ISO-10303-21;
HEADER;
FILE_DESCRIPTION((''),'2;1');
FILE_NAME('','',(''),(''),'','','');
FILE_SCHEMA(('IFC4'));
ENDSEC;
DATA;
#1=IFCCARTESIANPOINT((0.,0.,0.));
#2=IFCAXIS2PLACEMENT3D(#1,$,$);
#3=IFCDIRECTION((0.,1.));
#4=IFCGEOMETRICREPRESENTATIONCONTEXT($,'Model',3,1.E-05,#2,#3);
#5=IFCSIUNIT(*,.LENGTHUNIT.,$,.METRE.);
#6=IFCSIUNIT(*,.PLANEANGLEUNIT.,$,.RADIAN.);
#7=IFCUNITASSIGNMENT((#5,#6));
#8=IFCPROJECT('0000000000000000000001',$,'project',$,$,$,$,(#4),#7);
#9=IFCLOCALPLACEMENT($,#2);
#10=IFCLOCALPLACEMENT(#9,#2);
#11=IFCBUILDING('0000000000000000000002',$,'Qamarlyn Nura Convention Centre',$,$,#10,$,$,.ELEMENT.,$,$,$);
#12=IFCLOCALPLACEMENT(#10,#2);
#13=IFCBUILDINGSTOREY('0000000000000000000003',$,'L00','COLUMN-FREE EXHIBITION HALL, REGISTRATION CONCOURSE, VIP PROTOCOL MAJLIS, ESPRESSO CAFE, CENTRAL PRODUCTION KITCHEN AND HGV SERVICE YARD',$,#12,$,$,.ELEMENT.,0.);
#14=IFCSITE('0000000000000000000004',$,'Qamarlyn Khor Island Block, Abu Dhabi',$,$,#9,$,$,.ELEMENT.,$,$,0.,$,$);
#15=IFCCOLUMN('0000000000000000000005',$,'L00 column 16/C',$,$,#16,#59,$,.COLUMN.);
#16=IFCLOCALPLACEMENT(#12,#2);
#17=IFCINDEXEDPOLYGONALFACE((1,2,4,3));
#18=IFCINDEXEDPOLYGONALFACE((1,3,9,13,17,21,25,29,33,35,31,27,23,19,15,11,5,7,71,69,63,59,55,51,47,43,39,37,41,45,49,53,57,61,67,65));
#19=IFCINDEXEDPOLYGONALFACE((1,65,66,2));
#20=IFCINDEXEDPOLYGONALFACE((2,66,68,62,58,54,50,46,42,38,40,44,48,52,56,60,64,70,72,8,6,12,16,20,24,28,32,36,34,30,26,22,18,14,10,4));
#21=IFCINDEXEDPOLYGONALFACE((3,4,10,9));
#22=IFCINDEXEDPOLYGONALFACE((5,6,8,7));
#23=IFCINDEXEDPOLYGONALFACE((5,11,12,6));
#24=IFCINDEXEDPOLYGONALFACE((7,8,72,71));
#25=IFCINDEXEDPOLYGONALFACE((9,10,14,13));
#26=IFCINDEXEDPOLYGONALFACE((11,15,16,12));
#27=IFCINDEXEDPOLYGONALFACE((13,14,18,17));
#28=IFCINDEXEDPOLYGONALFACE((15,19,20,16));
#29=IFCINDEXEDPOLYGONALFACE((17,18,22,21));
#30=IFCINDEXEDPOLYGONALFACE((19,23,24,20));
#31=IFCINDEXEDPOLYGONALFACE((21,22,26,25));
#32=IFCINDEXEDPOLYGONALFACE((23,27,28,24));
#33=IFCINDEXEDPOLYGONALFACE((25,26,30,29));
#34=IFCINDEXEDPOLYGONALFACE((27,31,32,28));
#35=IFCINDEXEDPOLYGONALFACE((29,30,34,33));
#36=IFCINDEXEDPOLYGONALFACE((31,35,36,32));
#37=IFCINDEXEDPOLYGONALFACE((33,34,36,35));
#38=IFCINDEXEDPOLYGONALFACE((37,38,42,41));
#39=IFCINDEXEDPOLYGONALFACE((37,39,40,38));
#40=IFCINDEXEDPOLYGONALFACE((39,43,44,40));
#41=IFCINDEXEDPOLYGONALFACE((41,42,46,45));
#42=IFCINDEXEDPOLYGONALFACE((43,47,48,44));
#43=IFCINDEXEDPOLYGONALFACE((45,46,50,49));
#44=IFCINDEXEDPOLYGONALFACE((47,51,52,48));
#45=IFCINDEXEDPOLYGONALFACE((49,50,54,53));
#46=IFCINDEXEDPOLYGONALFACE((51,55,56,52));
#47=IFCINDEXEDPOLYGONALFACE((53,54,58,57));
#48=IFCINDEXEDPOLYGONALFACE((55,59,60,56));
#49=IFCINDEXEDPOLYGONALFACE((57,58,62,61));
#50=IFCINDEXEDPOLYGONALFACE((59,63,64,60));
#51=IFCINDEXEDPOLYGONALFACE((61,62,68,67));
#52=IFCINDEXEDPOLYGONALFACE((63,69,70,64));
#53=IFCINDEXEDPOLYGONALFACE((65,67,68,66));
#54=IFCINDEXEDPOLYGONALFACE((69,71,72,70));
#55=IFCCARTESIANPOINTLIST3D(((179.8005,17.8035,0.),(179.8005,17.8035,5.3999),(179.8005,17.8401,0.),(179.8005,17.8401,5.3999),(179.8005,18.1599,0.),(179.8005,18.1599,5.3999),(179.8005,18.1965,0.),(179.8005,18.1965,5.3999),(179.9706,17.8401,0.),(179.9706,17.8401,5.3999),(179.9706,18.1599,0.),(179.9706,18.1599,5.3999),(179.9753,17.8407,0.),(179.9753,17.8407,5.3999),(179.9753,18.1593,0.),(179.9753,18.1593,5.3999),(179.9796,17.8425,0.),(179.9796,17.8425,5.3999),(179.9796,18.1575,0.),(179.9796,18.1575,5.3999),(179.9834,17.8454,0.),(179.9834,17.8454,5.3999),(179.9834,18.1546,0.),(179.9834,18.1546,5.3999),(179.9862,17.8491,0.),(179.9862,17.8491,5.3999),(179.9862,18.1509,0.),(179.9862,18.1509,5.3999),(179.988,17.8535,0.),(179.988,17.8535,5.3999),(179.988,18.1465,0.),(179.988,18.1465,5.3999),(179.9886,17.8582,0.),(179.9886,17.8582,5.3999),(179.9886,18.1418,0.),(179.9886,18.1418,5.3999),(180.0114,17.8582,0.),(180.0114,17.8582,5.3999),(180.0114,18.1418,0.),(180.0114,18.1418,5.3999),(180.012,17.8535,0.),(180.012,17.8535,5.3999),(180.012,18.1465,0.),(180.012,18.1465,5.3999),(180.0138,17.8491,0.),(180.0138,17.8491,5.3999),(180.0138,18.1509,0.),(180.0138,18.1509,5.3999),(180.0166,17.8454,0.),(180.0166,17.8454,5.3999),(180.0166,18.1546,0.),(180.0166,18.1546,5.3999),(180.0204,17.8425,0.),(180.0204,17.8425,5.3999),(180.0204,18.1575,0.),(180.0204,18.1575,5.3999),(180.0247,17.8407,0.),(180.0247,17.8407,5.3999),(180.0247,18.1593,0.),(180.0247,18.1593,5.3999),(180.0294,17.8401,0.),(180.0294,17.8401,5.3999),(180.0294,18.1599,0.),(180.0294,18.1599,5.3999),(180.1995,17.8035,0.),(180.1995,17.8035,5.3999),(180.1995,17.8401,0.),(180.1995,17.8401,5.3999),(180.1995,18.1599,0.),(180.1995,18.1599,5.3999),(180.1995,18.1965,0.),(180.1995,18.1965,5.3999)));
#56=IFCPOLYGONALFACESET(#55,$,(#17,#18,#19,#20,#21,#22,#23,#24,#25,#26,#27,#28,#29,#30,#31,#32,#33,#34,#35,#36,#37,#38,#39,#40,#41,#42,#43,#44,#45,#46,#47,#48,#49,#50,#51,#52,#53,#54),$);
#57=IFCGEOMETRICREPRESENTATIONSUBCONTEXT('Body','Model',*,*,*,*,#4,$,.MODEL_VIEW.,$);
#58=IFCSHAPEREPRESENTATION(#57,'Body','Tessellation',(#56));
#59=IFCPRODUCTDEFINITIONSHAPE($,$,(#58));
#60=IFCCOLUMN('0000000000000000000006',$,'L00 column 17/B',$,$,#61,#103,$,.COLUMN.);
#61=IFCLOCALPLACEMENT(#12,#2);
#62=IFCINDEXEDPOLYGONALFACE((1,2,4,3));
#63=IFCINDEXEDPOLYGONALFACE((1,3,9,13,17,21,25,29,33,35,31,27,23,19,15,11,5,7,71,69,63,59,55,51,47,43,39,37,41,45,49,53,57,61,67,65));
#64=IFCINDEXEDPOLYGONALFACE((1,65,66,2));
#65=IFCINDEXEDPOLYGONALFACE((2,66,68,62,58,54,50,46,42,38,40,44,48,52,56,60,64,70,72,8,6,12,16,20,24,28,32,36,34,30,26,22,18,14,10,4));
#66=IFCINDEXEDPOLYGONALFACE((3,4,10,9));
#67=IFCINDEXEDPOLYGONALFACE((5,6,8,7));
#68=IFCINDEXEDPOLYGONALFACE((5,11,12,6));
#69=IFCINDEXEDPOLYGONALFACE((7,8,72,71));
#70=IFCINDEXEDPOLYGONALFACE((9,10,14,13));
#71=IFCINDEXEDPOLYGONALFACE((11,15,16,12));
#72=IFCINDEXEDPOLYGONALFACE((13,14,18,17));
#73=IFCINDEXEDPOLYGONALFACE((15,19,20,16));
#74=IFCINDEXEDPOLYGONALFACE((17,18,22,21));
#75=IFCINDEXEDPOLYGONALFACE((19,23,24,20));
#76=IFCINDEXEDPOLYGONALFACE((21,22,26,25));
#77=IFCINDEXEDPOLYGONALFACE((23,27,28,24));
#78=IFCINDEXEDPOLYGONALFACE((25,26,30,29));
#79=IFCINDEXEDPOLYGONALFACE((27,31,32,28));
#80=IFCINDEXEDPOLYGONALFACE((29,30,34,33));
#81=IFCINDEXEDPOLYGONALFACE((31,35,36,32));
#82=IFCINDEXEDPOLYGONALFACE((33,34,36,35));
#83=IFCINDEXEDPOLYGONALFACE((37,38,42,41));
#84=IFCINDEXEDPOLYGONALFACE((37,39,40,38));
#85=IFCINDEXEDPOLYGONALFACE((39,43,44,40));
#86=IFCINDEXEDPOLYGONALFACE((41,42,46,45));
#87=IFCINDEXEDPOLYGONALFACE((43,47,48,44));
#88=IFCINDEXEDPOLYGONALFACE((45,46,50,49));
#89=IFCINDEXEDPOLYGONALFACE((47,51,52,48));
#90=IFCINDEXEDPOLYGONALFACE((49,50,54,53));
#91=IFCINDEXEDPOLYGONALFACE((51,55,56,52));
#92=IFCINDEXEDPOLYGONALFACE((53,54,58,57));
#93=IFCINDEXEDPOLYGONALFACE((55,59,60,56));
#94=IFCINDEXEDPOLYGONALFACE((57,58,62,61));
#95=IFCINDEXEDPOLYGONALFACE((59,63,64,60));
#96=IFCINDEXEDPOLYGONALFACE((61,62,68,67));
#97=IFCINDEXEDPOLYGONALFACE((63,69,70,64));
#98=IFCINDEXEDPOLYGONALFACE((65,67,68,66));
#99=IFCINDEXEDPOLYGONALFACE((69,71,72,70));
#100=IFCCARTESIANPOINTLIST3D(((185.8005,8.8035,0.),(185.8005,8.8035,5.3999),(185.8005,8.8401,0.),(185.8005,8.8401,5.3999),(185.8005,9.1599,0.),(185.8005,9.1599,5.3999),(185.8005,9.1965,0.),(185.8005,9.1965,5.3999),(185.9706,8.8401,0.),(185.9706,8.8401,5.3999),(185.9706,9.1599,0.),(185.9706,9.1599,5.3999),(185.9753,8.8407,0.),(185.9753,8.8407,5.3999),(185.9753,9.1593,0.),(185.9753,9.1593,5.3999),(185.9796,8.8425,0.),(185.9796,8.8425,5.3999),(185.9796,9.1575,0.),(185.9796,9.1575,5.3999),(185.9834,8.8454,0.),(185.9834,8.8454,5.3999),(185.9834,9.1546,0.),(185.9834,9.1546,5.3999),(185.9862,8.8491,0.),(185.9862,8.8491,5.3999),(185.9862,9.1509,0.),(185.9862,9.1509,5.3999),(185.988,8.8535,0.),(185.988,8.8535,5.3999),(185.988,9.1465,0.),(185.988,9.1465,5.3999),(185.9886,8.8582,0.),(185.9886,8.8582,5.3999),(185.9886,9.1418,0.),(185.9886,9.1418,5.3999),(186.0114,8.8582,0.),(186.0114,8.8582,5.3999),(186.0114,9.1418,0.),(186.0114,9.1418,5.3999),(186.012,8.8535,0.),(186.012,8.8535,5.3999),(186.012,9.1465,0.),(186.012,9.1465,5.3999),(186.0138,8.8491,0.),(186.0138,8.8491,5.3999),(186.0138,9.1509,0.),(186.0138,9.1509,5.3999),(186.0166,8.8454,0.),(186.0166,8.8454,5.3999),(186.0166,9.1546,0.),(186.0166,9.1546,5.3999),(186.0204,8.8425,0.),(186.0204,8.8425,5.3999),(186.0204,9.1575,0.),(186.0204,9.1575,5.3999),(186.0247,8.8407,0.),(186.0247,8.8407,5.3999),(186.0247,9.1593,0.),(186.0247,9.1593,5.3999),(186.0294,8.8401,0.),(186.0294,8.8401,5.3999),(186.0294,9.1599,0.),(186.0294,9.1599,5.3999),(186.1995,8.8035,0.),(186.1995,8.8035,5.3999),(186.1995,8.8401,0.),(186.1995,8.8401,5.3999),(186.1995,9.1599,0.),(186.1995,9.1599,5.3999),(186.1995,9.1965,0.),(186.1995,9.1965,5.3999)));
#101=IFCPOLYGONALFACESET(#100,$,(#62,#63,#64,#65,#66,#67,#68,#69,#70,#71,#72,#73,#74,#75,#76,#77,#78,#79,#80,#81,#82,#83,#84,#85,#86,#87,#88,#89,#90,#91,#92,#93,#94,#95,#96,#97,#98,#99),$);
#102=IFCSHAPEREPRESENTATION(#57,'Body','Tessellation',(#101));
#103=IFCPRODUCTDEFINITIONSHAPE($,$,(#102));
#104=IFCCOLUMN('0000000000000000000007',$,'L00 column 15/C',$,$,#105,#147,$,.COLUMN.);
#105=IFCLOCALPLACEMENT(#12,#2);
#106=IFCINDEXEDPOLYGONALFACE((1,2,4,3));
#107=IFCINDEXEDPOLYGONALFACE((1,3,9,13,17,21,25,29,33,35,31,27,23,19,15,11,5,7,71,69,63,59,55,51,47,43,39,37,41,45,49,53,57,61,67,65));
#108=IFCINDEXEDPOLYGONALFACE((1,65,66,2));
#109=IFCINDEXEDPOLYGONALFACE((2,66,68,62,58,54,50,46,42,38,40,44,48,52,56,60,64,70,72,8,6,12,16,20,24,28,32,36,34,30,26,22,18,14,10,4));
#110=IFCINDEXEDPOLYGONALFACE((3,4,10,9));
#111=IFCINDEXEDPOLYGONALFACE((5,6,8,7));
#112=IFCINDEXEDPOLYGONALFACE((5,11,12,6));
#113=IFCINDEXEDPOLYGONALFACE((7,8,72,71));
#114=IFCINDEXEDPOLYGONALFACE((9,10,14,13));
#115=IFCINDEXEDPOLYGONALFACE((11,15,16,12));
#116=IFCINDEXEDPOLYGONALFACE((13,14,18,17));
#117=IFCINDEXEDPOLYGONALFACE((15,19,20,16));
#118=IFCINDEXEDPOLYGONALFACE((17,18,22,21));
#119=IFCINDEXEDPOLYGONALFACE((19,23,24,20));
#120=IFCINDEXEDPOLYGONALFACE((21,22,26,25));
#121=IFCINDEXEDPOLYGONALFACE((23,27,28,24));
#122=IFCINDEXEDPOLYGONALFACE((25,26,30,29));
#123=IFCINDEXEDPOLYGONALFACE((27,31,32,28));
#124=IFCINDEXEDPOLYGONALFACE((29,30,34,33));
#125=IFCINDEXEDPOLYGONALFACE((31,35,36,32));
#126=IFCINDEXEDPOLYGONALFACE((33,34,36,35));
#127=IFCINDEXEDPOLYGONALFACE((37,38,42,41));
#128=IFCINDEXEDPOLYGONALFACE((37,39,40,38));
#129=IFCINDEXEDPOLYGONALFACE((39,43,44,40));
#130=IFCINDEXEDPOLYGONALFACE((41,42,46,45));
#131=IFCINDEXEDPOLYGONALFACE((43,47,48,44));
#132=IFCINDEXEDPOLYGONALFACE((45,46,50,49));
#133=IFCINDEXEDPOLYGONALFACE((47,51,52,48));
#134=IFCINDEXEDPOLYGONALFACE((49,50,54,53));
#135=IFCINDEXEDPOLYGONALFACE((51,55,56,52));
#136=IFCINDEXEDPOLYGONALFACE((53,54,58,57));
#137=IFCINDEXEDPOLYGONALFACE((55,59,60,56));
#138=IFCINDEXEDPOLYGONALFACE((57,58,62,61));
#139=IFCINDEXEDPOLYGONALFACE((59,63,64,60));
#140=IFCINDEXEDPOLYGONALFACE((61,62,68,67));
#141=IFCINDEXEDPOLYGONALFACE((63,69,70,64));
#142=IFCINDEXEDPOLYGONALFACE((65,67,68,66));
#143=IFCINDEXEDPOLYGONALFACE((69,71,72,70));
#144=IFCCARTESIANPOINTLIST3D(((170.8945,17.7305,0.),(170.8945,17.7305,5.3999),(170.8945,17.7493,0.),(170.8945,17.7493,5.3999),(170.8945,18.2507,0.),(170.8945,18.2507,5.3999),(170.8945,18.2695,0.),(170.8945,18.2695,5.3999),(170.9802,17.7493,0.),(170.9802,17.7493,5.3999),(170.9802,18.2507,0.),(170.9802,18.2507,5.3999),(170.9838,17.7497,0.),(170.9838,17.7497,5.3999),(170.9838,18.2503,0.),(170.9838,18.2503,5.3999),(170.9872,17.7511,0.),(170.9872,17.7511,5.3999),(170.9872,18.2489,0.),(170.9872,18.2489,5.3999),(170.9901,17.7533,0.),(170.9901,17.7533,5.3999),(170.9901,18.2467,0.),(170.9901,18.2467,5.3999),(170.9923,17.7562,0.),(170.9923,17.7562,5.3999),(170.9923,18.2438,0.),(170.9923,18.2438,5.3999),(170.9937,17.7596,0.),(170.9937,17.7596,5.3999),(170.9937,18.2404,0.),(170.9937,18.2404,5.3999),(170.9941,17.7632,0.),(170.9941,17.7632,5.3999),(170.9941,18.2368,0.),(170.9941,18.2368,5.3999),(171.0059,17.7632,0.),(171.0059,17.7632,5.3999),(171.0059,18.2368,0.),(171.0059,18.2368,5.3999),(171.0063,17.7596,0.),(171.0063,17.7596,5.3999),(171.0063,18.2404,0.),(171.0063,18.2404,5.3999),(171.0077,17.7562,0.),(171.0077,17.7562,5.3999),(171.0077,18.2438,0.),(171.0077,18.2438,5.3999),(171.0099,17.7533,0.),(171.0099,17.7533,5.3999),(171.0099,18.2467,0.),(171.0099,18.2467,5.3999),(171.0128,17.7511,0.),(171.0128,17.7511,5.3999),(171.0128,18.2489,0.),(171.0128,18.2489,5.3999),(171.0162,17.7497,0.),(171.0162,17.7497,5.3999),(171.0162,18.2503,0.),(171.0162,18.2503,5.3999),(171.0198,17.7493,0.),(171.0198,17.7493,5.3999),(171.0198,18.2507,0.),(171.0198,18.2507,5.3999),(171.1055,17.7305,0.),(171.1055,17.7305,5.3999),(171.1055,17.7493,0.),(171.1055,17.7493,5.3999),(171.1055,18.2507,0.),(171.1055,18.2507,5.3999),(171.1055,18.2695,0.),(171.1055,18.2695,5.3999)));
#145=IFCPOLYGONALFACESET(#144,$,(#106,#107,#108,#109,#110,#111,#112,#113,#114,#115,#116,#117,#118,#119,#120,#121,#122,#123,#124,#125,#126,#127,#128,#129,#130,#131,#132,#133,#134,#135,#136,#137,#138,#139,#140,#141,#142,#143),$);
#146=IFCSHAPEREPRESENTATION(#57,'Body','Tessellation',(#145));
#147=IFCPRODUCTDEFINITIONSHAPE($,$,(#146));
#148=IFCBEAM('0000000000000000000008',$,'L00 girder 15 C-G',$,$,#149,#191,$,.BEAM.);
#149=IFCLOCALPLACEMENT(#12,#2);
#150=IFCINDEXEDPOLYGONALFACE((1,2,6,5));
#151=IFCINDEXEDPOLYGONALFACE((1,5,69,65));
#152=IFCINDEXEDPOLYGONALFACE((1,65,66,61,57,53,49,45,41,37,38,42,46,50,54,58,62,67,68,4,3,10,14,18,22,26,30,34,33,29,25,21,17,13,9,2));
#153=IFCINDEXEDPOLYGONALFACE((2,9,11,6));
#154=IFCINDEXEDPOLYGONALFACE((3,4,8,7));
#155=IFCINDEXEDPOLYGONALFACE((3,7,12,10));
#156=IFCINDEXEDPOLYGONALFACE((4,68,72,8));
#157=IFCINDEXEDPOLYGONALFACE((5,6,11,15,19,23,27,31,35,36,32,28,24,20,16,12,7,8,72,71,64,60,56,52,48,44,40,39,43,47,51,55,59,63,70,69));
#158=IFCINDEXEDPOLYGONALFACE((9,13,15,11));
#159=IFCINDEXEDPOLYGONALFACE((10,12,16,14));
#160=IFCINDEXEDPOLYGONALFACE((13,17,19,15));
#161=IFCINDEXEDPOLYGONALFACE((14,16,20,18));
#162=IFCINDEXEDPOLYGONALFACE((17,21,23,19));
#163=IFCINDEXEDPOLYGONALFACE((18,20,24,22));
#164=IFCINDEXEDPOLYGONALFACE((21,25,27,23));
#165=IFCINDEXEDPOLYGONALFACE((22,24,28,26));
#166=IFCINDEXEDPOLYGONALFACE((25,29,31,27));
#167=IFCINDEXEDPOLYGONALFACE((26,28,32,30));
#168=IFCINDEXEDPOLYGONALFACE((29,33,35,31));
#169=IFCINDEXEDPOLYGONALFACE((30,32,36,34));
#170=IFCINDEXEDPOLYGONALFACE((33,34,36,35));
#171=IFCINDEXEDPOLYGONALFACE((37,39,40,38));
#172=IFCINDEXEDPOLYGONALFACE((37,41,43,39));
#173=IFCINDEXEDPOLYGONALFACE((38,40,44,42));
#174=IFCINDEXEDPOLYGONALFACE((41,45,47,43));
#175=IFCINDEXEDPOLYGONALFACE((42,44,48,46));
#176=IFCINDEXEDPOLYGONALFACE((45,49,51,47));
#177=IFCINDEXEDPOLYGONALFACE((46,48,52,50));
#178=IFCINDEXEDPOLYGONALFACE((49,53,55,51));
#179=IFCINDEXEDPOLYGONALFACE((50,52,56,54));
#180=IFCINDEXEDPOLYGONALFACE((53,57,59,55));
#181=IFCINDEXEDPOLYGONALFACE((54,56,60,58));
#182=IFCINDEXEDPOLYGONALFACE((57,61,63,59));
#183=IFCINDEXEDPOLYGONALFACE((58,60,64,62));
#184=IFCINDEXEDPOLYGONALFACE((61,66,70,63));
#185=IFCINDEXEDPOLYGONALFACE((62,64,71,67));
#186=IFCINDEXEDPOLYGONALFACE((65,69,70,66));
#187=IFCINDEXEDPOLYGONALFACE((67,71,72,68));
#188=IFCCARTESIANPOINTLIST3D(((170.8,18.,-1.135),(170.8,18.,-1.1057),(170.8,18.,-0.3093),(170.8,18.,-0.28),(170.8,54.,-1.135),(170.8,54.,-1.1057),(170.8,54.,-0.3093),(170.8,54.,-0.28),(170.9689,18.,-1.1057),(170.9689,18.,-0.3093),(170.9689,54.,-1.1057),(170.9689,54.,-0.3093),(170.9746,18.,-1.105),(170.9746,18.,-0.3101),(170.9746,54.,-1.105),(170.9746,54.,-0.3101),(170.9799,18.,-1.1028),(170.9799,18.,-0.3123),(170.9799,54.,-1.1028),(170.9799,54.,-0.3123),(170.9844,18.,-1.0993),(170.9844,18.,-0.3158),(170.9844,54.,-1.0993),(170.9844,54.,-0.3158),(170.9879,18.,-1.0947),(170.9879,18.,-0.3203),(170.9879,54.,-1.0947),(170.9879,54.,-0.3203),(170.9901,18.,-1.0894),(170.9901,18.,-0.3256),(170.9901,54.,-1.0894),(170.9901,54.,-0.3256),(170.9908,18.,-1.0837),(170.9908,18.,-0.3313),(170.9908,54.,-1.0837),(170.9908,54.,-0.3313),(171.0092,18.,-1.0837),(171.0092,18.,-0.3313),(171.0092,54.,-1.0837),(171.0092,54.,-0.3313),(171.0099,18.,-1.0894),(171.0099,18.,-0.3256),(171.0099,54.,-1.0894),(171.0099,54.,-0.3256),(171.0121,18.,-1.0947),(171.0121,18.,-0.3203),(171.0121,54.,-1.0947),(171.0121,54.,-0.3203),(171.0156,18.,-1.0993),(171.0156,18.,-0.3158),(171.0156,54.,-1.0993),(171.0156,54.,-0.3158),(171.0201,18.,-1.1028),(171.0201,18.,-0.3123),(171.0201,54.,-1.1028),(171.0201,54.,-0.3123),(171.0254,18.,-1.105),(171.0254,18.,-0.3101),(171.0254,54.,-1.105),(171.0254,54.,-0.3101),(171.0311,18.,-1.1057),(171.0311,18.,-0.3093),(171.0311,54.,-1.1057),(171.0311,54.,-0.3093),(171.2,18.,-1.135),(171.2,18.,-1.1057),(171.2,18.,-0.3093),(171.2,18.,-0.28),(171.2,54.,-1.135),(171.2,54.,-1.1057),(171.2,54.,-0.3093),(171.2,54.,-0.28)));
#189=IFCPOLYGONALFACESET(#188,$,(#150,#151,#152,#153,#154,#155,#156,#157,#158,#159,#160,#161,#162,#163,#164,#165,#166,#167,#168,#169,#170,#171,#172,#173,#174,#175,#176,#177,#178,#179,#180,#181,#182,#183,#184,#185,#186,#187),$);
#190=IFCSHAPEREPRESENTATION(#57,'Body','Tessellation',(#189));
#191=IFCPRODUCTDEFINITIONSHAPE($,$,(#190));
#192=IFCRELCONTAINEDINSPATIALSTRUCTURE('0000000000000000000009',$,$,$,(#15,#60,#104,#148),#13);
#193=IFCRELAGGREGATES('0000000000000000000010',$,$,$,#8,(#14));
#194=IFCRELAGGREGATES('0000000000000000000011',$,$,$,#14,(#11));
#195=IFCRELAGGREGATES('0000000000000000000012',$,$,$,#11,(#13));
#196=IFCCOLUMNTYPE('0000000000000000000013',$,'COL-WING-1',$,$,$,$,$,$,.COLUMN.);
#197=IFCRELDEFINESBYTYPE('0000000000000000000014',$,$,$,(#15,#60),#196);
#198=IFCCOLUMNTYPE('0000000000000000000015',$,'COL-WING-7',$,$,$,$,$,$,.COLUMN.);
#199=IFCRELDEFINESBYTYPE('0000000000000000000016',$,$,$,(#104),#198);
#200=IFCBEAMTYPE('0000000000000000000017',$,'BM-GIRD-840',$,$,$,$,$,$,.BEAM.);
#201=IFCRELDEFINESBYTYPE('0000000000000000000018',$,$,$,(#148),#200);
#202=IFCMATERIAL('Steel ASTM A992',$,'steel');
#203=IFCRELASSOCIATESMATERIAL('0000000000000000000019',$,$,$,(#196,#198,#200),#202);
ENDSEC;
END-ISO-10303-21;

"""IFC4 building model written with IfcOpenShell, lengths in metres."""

from ifc_helpers import new_model, si_unit, direction, frame, origin, origin_2d, place, context, subcontext, project, spatial, i_section, extrude, material, material_profile, profile_set, type_object, element, save


model = new_model("IFC4")

# Units and contexts
model_context = context("Model", 3, precision=1e-05, world=origin(), true_north=direction((0.0, 1.0)))
body_context = subcontext(model_context, "Body", "Model", "MODEL_VIEW")
ifc_project = project(units=[si_unit("LENGTHUNIT", "METRE"), si_unit("PLANEANGLEUNIT", "RADIAN")], contexts=[model_context])

# Site, building, storey
site_placement = place(None, origin())
site = spatial("IfcSite", under=ifc_project, at=site_placement, Name="Qamarlyn Khor Island Block, Abu Dhabi", CompositionType="ELEMENT", RefElevation=0.0)
building_placement = place(site_placement, origin())
building = spatial("IfcBuilding", under=site, at=building_placement, Name="Qamarlyn Nura Convention Centre", CompositionType="ELEMENT")
storey_placement = place(building_placement, origin())
storey = spatial("IfcBuildingStorey", under=building, at=storey_placement, Name="L00", Description="COLUMN-FREE EXHIBITION HALL, REGISTRATION CONCOURSE, VIP PROTOCOL MAJLIS, ESPRESSO CAFE, CENTRAL PRODUCTION KITCHEN AND HGV SERVICE YARD", CompositionType="ELEMENT", Elevation=0.0)

# Columns
ifc_material_1 = material(Name="Steel ASTM A992", Category="steel")
ifc_material_profile_1 = material_profile(ifc_material_1, i_section(OverallWidth=0.3989, OverallDepth=0.3931, WebThickness=0.0227, FlangeThickness=0.0366, FilletRadius=0.0181, at=origin_2d()), Name="W360X287")
ifc_profile_set_1 = profile_set([ifc_material_profile_1], Name="Steel ASTM A992")
column_type_1 = type_object("IfcColumnType", Name="COL-WING-1", PredefinedType="COLUMN", material=ifc_profile_set_1)
for number, where, z_axis, x_axis, name in (
    (1, (180.0, 18.0, 0.0), (0.0, 0.0, 1.0), (1.0, 0.0, 0.0), "L00 column 16/C"),
    (2, (186.0, 9.0, 0.0), (0.0, 0.0, 1.0), (1.0, 0.0, 0.0), "L00 column 17/B"),
):
    element("IfcColumn", number, at=place(storey_placement, frame(where, z_axis=z_axis, x_axis=x_axis)), inside=storey, type_object=column_type_1, Name=name, PredefinedType="COLUMN", context=body_context, shape_type="SweptSolid", body=[
        extrude(i_section(OverallWidth=0.3989, OverallDepth=0.3931, WebThickness=0.0227, FlangeThickness=0.0366, FilletRadius=0.0181, at=origin_2d()), origin(), (0.0, 0.0, 1.0), 5.3999),
    ])
ifc_material_profile_2 = material_profile(ifc_material_1, i_section(OverallWidth=0.2109, OverallDepth=0.5391, WebThickness=0.0117, FlangeThickness=0.0188, FilletRadius=0.0139, at=origin_2d()), Name="W530X109")
ifc_profile_set_2 = profile_set([ifc_material_profile_2], Name="Steel ASTM A992")
column_type_2 = type_object("IfcColumnType", Name="COL-WING-7", PredefinedType="COLUMN", material=ifc_profile_set_2)
column_placement = place(storey_placement, frame((171.0, 18.0, 0.0), z_axis=(0.0, 0.0, 1.0), x_axis=(1.0, 0.0, 0.0)))
element("IfcColumn", 3, at=column_placement, inside=storey, type_object=column_type_2, Name="L00 column 15/C", PredefinedType="COLUMN", context=body_context, shape_type="SweptSolid", body=[
    extrude(i_section(OverallWidth=0.2109, OverallDepth=0.5391, WebThickness=0.0117, FlangeThickness=0.0188, FilletRadius=0.0139, at=origin_2d()), origin(), (0.0, 0.0, 1.0), 5.3999),
])

# Beam
ifc_material_profile_3 = material_profile(ifc_material_1, i_section(OverallWidth=0.3999, OverallDepth=0.855, WebThickness=0.0183, FlangeThickness=0.0293, FilletRadius=0.022, at=origin_2d()), Name="W840X299")
ifc_profile_set_3 = profile_set([ifc_material_profile_3], Name="Steel ASTM A992")
beam_type_1 = type_object("IfcBeamType", Name="BM-GIRD-840", PredefinedType="BEAM", material=ifc_profile_set_3)
for number, where, z_axis, x_axis, name in (
    (4, (171.0, 18.0, -0.7075), (0.0, 1.0, 0.0), (-1.0, 0.0, 0.0), "L00 girder 15 C-G"),
):
    element("IfcBeam", number, at=place(storey_placement, frame(where, z_axis=z_axis, x_axis=x_axis)), inside=storey, type_object=beam_type_1, Name=name, PredefinedType="BEAM", context=body_context, shape_type="SweptSolid", body=[
        extrude(i_section(OverallWidth=0.3999, OverallDepth=0.855, WebThickness=0.0183, FlangeThickness=0.0293, FilletRadius=0.022, at=origin_2d()), origin(), (0.0, 0.0, 1.0), 36.0),
    ])

save(model, "model.ifc")
